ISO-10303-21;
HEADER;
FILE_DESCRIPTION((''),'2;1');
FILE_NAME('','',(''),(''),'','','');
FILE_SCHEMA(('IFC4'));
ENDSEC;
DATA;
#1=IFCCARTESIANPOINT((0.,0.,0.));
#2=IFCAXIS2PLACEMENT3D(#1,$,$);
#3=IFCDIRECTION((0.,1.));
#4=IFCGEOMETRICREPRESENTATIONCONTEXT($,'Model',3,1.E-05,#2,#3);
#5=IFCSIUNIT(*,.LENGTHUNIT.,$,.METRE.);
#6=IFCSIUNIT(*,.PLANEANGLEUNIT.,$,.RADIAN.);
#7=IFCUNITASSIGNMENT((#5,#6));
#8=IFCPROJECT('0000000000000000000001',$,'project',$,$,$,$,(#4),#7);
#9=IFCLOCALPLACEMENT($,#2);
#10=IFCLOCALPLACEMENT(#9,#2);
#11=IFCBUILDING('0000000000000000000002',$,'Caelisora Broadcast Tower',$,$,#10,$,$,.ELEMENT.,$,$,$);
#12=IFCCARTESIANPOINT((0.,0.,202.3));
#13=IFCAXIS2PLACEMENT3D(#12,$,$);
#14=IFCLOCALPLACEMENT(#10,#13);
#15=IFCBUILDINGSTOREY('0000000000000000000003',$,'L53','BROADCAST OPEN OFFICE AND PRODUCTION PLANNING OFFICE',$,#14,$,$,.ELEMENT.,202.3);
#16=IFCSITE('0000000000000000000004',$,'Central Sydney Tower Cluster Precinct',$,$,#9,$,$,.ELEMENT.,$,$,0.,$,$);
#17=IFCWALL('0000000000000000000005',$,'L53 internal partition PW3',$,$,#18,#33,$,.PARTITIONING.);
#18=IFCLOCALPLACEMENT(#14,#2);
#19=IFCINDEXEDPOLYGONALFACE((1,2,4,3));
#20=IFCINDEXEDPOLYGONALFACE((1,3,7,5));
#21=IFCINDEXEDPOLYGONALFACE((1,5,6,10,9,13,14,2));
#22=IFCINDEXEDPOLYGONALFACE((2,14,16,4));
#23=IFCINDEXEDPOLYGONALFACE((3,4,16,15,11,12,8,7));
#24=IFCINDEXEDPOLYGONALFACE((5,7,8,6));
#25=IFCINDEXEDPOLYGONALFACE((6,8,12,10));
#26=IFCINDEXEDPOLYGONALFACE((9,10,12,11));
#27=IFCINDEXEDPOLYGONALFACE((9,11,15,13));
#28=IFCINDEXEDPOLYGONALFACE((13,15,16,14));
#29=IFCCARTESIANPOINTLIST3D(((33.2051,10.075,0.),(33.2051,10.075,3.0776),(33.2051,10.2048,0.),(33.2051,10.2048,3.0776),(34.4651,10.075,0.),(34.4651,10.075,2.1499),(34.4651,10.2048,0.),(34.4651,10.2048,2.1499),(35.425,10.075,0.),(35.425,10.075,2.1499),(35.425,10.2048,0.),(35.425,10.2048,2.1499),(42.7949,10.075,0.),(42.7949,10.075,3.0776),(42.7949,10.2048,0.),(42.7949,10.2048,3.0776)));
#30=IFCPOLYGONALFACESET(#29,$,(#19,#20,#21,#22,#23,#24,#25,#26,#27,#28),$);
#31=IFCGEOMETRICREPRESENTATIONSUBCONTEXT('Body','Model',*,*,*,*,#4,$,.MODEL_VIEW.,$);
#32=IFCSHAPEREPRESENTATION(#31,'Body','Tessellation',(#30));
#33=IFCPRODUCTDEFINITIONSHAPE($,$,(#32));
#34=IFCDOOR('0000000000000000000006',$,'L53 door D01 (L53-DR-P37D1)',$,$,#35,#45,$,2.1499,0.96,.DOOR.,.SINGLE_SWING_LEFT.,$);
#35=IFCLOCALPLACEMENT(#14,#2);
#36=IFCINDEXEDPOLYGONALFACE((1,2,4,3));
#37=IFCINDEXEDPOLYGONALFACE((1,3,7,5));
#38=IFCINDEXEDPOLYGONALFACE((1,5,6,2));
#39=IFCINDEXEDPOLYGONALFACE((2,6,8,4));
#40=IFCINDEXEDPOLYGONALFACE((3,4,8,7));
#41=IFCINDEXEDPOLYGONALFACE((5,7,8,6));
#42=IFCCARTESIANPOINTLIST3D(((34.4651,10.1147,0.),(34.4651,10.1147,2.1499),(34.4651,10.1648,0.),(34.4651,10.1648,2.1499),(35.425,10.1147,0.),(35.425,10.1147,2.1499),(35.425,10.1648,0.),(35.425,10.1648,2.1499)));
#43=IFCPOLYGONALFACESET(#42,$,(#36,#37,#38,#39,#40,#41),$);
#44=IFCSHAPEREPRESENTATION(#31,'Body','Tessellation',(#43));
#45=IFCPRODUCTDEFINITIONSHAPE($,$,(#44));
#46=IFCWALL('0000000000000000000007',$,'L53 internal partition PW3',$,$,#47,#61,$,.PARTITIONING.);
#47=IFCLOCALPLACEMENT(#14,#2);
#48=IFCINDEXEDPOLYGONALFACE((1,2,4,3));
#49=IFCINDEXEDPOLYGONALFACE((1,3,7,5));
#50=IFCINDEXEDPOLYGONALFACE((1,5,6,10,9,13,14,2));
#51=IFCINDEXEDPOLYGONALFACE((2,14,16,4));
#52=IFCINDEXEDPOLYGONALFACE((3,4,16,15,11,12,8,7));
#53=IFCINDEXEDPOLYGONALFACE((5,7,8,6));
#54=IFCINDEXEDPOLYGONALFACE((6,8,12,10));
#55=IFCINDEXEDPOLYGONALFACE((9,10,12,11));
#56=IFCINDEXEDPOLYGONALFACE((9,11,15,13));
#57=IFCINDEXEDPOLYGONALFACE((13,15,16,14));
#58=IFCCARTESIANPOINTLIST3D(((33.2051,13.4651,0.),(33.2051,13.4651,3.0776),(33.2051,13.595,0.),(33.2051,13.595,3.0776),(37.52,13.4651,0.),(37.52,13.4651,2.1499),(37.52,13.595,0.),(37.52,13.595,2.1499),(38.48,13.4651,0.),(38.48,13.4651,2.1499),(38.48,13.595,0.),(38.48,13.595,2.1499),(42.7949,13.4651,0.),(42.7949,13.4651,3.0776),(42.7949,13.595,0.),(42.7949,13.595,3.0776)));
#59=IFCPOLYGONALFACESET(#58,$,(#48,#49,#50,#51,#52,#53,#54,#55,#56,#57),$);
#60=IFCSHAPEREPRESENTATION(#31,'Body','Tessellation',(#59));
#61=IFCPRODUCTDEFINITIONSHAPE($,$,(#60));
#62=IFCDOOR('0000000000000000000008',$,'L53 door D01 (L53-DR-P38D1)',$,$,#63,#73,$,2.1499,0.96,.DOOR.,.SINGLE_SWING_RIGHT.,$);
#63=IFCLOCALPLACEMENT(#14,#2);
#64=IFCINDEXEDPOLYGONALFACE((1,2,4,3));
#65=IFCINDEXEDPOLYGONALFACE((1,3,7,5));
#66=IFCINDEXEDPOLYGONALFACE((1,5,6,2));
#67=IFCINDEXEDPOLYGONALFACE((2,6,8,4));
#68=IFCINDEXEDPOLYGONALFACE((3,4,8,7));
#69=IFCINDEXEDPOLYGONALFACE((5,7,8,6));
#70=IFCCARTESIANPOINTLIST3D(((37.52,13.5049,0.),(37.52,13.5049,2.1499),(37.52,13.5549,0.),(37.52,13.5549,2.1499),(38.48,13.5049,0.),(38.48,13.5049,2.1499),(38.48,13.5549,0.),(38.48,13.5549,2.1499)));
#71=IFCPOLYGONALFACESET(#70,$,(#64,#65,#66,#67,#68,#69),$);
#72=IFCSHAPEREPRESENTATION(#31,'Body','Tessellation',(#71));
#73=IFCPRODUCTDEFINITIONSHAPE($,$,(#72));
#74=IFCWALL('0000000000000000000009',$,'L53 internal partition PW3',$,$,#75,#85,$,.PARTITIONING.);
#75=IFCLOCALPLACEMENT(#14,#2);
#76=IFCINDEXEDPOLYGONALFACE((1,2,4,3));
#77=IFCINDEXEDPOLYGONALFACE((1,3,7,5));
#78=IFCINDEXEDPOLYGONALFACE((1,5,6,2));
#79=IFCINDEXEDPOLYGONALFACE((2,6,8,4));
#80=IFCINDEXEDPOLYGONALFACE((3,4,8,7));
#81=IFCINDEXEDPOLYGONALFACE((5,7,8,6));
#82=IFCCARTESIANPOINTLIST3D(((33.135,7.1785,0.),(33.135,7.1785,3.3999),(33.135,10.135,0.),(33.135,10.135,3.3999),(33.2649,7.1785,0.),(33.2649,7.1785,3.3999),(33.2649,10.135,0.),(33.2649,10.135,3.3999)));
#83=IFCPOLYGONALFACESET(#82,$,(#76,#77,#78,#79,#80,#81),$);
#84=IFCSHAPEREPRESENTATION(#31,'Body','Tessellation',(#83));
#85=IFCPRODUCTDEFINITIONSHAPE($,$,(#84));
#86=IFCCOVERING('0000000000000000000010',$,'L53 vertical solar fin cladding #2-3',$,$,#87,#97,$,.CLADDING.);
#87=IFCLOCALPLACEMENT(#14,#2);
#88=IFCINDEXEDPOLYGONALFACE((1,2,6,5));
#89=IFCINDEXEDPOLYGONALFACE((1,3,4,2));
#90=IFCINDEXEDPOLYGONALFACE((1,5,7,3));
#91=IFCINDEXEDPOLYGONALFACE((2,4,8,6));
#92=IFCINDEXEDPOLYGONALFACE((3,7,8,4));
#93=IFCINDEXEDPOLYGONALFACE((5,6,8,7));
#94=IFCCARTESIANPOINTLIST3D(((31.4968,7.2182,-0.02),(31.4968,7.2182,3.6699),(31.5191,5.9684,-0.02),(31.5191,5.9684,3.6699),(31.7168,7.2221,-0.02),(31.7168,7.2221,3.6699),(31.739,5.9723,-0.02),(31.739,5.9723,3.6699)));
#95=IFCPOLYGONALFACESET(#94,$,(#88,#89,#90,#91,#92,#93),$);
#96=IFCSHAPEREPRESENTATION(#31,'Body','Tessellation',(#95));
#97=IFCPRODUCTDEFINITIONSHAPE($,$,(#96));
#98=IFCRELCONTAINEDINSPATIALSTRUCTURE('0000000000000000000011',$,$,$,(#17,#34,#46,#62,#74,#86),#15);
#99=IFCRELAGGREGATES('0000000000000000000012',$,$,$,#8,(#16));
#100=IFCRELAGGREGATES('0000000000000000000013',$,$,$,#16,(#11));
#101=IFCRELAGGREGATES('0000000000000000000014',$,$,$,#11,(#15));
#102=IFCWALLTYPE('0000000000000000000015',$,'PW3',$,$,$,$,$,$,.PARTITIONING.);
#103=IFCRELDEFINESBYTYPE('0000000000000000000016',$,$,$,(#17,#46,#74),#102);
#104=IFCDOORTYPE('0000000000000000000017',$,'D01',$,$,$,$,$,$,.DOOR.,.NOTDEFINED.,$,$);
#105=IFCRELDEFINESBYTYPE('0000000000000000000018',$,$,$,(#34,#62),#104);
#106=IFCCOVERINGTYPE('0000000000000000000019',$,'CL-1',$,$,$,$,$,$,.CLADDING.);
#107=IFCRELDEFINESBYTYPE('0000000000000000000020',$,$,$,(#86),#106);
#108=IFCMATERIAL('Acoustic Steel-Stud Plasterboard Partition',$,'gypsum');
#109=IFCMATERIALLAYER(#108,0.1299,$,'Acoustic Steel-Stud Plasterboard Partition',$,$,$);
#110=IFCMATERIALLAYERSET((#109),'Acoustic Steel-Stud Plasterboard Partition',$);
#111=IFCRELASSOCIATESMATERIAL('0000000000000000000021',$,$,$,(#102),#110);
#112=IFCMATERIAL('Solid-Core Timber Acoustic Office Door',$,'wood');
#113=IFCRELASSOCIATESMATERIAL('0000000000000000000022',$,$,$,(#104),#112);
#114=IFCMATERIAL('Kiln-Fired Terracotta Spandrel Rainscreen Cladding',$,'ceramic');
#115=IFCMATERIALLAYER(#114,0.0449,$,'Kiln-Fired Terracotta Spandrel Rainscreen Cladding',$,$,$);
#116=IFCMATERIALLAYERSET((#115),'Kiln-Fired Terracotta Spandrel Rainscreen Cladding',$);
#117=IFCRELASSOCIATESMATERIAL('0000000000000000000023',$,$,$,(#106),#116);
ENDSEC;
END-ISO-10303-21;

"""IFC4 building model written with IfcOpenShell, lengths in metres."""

from ifc_helpers import new_model, si_unit, direction, frame, frame_2d, origin, origin_2d, place, context, subcontext, project, spatial, rectangle, extrude, source, transform, mapped, material, layer, layer_set, type_object, type_shapes, element, fill, save


model = new_model("IFC4")

# Units and contexts
model_context = context("Model", 3, precision=1e-05, world=origin(), true_north=direction((0.0, 1.0)))
body_context = subcontext(model_context, "Body", "Model", "MODEL_VIEW")
ifc_project = project(units=[si_unit("LENGTHUNIT", "METRE"), si_unit("PLANEANGLEUNIT", "RADIAN")], contexts=[model_context])

# Site, building, storey
site_placement = place(None, origin())
site = spatial("IfcSite", under=ifc_project, at=site_placement, Name="Central Sydney Tower Cluster Precinct", CompositionType="ELEMENT", RefElevation=0.0)
building_placement = place(site_placement, origin())
building = spatial("IfcBuilding", under=site, at=building_placement, Name="Caelisora Broadcast Tower", CompositionType="ELEMENT")
storey_placement = place(building_placement, frame((0.0, 0.0, 202.3)))
storey = spatial("IfcBuildingStorey", under=building, at=storey_placement, Name="L53", Description="BROADCAST OPEN OFFICE AND PRODUCTION PLANNING OFFICE", CompositionType="ELEMENT", Elevation=202.3)

# Walls, openings, doors
ifc_material_1 = material(Name="Acoustic Steel-Stud Plasterboard Partition", Category="gypsum")
ifc_layer_1 = layer(ifc_material_1, 0.1299, Name="Acoustic Steel-Stud Plasterboard Partition")
ifc_layer_set_1 = layer_set([ifc_layer_1], Name="Acoustic Steel-Stud Plasterboard Partition")
wall_type = type_object("IfcWallType", Name="PW3", PredefinedType="PARTITIONING", material=ifc_layer_set_1)
wall_1_placement = place(storey_placement, frame((33.2051, 10.1399, 0.0), z_axis=(0.0, 0.0, 1.0), x_axis=(1.0, 0.0, 0.0)))
wall_1 = element("IfcWall", 1, at=wall_1_placement, inside=storey, type_object=wall_type, Name="L53 internal partition PW3", PredefinedType="PARTITIONING", context=body_context, shape_type="SweptSolid", body=[
    extrude(rectangle(XDim=9.5898, YDim=0.1299, at=frame_2d((4.7949, 0.0))), origin(), (0.0, 0.0, 1.0), 3.0776),
])
opening_1_placement = place(wall_1_placement, frame((1.26, 0.0, 0.0)))
opening_1 = element("IfcOpeningElement", 2, at=opening_1_placement, cuts=wall_1, PredefinedType="OPENING", context=body_context, shape_type="SweptSolid", body=[
    extrude(rectangle(XDim=0.96, YDim=2.1499, at=frame_2d((0.48, 1.075))), frame((0.0, 0.0769, 0.0), z_axis=(0.0, -1.0, 0.0), x_axis=(1.0, 0.0, 0.0)), (0.0, 0.0, 1.0), 0.1538),
])
ifc_material_2 = material(Name="Solid-Core Timber Acoustic Office Door", Category="wood")
door_type = type_object("IfcDoorType", Name="D01", OperationType="NOTDEFINED", PredefinedType="DOOR", material=ifc_material_2)
door_1_placement = place(opening_1_placement, origin())
door_1 = element("IfcDoor", 3, at=door_1_placement, inside=storey, type_object=door_type, Name="L53 door D01 (L53-DR-P37D1)", OperationType="SINGLE_SWING_LEFT", OverallHeight=2.1499, OverallWidth=0.96, PredefinedType="DOOR", context=body_context, shape_type="SweptSolid", body=[
    extrude(rectangle(XDim=0.96, YDim=2.1499, at=frame_2d((0.48, 1.075))), frame((0.0, 0.0249, 0.0), z_axis=(0.0, -1.0, 0.0), x_axis=(1.0, 0.0, 0.0)), (0.0, 0.0, 1.0), 0.05),
])
fill(opening_1, door_1)
wall_2_placement = place(storey_placement, frame((33.2051, 13.53, 0.0), z_axis=(0.0, 0.0, 1.0), x_axis=(1.0, 0.0, 0.0)))
wall_2 = element("IfcWall", 4, at=wall_2_placement, inside=storey, type_object=wall_type, Name="L53 internal partition PW3", PredefinedType="PARTITIONING", context=body_context, shape_type="SweptSolid", body=[
    extrude(rectangle(XDim=9.5898, YDim=0.1299, at=frame_2d((4.7949, 0.0))), origin(), (0.0, 0.0, 1.0), 3.0776),
])
opening_2_placement = place(wall_2_placement, frame((4.3149, 0.0, 0.0)))
opening_2 = element("IfcOpeningElement", 5, at=opening_2_placement, cuts=wall_2, PredefinedType="OPENING", context=body_context, shape_type="SweptSolid", body=[
    extrude(rectangle(XDim=0.96, YDim=2.1499, at=frame_2d((0.48, 1.075))), frame((0.0, 0.0769, 0.0), z_axis=(0.0, -1.0, 0.0), x_axis=(1.0, 0.0, 0.0)), (0.0, 0.0, 1.0), 0.1538),
])
door_2_placement = place(opening_2_placement, origin())
door_2 = element("IfcDoor", 6, at=door_2_placement, inside=storey, type_object=door_type, Name="L53 door D01 (L53-DR-P38D1)", OperationType="SINGLE_SWING_RIGHT", OverallHeight=2.1499, OverallWidth=0.96, PredefinedType="DOOR", context=body_context, shape_type="SweptSolid", body=[
    extrude(rectangle(XDim=0.96, YDim=2.1499, at=frame_2d((0.48, 1.075))), frame((0.0, 0.0249, 0.0), z_axis=(0.0, -1.0, 0.0), x_axis=(1.0, 0.0, 0.0)), (0.0, 0.0, 1.0), 0.05),
])
fill(opening_2, door_2)

# Wall
wall_3_placement = place(storey_placement, frame((33.2, 7.1785, 0.0), z_axis=(0.0, 0.0, 1.0), x_axis=(0.0, 1.0, 0.0)))
element("IfcWall", 7, at=wall_3_placement, inside=storey, type_object=wall_type, Name="L53 internal partition PW3", PredefinedType="PARTITIONING", context=body_context, shape_type="SweptSolid", body=[
    extrude(rectangle(XDim=2.9565, YDim=0.1299, at=frame_2d((1.4783, 0.0))), origin(), (0.0, 0.0, 1.0), 3.3999),
])

# Covering
ifc_material_3 = material(Name="Kiln-Fired Terracotta Spandrel Rainscreen Cladding", Category="ceramic")
ifc_layer_2 = layer(ifc_material_3, 0.0449, Name="Kiln-Fired Terracotta Spandrel Rainscreen Cladding")
ifc_layer_set_2 = layer_set([ifc_layer_2], Name="Kiln-Fired Terracotta Spandrel Rainscreen Cladding")
covering_type = type_object("IfcCoveringType", Name="CL-1", PredefinedType="CLADDING", material=ifc_layer_set_2)
shared_shape_1 = source(origin(), body_context, "Body", "SweptSolid", [
    extrude(rectangle(XDim=0.22, YDim=1.25, at=origin_2d()), origin(), (0.0, 0.0, 1.0), 3.6899),
])
type_shapes(covering_type, [shared_shape_1])
covering_placement = place(storey_placement, frame((31.6179, 6.5952, -0.02), z_axis=(0.0, 0.0, 1.0), x_axis=(-0.999842, -0.017801, 0.0)))
element("IfcCovering", 8, at=covering_placement, inside=storey, type_object=covering_type, Name="L53 vertical solar fin cladding #2-3", PredefinedType="CLADDING", context=body_context, shape_type="MappedRepresentation", body=[
    mapped(shared_shape_1, transform((0.0, 0.0, 0.0), scale=1.0)),
])

save(model, "model.ifc")
